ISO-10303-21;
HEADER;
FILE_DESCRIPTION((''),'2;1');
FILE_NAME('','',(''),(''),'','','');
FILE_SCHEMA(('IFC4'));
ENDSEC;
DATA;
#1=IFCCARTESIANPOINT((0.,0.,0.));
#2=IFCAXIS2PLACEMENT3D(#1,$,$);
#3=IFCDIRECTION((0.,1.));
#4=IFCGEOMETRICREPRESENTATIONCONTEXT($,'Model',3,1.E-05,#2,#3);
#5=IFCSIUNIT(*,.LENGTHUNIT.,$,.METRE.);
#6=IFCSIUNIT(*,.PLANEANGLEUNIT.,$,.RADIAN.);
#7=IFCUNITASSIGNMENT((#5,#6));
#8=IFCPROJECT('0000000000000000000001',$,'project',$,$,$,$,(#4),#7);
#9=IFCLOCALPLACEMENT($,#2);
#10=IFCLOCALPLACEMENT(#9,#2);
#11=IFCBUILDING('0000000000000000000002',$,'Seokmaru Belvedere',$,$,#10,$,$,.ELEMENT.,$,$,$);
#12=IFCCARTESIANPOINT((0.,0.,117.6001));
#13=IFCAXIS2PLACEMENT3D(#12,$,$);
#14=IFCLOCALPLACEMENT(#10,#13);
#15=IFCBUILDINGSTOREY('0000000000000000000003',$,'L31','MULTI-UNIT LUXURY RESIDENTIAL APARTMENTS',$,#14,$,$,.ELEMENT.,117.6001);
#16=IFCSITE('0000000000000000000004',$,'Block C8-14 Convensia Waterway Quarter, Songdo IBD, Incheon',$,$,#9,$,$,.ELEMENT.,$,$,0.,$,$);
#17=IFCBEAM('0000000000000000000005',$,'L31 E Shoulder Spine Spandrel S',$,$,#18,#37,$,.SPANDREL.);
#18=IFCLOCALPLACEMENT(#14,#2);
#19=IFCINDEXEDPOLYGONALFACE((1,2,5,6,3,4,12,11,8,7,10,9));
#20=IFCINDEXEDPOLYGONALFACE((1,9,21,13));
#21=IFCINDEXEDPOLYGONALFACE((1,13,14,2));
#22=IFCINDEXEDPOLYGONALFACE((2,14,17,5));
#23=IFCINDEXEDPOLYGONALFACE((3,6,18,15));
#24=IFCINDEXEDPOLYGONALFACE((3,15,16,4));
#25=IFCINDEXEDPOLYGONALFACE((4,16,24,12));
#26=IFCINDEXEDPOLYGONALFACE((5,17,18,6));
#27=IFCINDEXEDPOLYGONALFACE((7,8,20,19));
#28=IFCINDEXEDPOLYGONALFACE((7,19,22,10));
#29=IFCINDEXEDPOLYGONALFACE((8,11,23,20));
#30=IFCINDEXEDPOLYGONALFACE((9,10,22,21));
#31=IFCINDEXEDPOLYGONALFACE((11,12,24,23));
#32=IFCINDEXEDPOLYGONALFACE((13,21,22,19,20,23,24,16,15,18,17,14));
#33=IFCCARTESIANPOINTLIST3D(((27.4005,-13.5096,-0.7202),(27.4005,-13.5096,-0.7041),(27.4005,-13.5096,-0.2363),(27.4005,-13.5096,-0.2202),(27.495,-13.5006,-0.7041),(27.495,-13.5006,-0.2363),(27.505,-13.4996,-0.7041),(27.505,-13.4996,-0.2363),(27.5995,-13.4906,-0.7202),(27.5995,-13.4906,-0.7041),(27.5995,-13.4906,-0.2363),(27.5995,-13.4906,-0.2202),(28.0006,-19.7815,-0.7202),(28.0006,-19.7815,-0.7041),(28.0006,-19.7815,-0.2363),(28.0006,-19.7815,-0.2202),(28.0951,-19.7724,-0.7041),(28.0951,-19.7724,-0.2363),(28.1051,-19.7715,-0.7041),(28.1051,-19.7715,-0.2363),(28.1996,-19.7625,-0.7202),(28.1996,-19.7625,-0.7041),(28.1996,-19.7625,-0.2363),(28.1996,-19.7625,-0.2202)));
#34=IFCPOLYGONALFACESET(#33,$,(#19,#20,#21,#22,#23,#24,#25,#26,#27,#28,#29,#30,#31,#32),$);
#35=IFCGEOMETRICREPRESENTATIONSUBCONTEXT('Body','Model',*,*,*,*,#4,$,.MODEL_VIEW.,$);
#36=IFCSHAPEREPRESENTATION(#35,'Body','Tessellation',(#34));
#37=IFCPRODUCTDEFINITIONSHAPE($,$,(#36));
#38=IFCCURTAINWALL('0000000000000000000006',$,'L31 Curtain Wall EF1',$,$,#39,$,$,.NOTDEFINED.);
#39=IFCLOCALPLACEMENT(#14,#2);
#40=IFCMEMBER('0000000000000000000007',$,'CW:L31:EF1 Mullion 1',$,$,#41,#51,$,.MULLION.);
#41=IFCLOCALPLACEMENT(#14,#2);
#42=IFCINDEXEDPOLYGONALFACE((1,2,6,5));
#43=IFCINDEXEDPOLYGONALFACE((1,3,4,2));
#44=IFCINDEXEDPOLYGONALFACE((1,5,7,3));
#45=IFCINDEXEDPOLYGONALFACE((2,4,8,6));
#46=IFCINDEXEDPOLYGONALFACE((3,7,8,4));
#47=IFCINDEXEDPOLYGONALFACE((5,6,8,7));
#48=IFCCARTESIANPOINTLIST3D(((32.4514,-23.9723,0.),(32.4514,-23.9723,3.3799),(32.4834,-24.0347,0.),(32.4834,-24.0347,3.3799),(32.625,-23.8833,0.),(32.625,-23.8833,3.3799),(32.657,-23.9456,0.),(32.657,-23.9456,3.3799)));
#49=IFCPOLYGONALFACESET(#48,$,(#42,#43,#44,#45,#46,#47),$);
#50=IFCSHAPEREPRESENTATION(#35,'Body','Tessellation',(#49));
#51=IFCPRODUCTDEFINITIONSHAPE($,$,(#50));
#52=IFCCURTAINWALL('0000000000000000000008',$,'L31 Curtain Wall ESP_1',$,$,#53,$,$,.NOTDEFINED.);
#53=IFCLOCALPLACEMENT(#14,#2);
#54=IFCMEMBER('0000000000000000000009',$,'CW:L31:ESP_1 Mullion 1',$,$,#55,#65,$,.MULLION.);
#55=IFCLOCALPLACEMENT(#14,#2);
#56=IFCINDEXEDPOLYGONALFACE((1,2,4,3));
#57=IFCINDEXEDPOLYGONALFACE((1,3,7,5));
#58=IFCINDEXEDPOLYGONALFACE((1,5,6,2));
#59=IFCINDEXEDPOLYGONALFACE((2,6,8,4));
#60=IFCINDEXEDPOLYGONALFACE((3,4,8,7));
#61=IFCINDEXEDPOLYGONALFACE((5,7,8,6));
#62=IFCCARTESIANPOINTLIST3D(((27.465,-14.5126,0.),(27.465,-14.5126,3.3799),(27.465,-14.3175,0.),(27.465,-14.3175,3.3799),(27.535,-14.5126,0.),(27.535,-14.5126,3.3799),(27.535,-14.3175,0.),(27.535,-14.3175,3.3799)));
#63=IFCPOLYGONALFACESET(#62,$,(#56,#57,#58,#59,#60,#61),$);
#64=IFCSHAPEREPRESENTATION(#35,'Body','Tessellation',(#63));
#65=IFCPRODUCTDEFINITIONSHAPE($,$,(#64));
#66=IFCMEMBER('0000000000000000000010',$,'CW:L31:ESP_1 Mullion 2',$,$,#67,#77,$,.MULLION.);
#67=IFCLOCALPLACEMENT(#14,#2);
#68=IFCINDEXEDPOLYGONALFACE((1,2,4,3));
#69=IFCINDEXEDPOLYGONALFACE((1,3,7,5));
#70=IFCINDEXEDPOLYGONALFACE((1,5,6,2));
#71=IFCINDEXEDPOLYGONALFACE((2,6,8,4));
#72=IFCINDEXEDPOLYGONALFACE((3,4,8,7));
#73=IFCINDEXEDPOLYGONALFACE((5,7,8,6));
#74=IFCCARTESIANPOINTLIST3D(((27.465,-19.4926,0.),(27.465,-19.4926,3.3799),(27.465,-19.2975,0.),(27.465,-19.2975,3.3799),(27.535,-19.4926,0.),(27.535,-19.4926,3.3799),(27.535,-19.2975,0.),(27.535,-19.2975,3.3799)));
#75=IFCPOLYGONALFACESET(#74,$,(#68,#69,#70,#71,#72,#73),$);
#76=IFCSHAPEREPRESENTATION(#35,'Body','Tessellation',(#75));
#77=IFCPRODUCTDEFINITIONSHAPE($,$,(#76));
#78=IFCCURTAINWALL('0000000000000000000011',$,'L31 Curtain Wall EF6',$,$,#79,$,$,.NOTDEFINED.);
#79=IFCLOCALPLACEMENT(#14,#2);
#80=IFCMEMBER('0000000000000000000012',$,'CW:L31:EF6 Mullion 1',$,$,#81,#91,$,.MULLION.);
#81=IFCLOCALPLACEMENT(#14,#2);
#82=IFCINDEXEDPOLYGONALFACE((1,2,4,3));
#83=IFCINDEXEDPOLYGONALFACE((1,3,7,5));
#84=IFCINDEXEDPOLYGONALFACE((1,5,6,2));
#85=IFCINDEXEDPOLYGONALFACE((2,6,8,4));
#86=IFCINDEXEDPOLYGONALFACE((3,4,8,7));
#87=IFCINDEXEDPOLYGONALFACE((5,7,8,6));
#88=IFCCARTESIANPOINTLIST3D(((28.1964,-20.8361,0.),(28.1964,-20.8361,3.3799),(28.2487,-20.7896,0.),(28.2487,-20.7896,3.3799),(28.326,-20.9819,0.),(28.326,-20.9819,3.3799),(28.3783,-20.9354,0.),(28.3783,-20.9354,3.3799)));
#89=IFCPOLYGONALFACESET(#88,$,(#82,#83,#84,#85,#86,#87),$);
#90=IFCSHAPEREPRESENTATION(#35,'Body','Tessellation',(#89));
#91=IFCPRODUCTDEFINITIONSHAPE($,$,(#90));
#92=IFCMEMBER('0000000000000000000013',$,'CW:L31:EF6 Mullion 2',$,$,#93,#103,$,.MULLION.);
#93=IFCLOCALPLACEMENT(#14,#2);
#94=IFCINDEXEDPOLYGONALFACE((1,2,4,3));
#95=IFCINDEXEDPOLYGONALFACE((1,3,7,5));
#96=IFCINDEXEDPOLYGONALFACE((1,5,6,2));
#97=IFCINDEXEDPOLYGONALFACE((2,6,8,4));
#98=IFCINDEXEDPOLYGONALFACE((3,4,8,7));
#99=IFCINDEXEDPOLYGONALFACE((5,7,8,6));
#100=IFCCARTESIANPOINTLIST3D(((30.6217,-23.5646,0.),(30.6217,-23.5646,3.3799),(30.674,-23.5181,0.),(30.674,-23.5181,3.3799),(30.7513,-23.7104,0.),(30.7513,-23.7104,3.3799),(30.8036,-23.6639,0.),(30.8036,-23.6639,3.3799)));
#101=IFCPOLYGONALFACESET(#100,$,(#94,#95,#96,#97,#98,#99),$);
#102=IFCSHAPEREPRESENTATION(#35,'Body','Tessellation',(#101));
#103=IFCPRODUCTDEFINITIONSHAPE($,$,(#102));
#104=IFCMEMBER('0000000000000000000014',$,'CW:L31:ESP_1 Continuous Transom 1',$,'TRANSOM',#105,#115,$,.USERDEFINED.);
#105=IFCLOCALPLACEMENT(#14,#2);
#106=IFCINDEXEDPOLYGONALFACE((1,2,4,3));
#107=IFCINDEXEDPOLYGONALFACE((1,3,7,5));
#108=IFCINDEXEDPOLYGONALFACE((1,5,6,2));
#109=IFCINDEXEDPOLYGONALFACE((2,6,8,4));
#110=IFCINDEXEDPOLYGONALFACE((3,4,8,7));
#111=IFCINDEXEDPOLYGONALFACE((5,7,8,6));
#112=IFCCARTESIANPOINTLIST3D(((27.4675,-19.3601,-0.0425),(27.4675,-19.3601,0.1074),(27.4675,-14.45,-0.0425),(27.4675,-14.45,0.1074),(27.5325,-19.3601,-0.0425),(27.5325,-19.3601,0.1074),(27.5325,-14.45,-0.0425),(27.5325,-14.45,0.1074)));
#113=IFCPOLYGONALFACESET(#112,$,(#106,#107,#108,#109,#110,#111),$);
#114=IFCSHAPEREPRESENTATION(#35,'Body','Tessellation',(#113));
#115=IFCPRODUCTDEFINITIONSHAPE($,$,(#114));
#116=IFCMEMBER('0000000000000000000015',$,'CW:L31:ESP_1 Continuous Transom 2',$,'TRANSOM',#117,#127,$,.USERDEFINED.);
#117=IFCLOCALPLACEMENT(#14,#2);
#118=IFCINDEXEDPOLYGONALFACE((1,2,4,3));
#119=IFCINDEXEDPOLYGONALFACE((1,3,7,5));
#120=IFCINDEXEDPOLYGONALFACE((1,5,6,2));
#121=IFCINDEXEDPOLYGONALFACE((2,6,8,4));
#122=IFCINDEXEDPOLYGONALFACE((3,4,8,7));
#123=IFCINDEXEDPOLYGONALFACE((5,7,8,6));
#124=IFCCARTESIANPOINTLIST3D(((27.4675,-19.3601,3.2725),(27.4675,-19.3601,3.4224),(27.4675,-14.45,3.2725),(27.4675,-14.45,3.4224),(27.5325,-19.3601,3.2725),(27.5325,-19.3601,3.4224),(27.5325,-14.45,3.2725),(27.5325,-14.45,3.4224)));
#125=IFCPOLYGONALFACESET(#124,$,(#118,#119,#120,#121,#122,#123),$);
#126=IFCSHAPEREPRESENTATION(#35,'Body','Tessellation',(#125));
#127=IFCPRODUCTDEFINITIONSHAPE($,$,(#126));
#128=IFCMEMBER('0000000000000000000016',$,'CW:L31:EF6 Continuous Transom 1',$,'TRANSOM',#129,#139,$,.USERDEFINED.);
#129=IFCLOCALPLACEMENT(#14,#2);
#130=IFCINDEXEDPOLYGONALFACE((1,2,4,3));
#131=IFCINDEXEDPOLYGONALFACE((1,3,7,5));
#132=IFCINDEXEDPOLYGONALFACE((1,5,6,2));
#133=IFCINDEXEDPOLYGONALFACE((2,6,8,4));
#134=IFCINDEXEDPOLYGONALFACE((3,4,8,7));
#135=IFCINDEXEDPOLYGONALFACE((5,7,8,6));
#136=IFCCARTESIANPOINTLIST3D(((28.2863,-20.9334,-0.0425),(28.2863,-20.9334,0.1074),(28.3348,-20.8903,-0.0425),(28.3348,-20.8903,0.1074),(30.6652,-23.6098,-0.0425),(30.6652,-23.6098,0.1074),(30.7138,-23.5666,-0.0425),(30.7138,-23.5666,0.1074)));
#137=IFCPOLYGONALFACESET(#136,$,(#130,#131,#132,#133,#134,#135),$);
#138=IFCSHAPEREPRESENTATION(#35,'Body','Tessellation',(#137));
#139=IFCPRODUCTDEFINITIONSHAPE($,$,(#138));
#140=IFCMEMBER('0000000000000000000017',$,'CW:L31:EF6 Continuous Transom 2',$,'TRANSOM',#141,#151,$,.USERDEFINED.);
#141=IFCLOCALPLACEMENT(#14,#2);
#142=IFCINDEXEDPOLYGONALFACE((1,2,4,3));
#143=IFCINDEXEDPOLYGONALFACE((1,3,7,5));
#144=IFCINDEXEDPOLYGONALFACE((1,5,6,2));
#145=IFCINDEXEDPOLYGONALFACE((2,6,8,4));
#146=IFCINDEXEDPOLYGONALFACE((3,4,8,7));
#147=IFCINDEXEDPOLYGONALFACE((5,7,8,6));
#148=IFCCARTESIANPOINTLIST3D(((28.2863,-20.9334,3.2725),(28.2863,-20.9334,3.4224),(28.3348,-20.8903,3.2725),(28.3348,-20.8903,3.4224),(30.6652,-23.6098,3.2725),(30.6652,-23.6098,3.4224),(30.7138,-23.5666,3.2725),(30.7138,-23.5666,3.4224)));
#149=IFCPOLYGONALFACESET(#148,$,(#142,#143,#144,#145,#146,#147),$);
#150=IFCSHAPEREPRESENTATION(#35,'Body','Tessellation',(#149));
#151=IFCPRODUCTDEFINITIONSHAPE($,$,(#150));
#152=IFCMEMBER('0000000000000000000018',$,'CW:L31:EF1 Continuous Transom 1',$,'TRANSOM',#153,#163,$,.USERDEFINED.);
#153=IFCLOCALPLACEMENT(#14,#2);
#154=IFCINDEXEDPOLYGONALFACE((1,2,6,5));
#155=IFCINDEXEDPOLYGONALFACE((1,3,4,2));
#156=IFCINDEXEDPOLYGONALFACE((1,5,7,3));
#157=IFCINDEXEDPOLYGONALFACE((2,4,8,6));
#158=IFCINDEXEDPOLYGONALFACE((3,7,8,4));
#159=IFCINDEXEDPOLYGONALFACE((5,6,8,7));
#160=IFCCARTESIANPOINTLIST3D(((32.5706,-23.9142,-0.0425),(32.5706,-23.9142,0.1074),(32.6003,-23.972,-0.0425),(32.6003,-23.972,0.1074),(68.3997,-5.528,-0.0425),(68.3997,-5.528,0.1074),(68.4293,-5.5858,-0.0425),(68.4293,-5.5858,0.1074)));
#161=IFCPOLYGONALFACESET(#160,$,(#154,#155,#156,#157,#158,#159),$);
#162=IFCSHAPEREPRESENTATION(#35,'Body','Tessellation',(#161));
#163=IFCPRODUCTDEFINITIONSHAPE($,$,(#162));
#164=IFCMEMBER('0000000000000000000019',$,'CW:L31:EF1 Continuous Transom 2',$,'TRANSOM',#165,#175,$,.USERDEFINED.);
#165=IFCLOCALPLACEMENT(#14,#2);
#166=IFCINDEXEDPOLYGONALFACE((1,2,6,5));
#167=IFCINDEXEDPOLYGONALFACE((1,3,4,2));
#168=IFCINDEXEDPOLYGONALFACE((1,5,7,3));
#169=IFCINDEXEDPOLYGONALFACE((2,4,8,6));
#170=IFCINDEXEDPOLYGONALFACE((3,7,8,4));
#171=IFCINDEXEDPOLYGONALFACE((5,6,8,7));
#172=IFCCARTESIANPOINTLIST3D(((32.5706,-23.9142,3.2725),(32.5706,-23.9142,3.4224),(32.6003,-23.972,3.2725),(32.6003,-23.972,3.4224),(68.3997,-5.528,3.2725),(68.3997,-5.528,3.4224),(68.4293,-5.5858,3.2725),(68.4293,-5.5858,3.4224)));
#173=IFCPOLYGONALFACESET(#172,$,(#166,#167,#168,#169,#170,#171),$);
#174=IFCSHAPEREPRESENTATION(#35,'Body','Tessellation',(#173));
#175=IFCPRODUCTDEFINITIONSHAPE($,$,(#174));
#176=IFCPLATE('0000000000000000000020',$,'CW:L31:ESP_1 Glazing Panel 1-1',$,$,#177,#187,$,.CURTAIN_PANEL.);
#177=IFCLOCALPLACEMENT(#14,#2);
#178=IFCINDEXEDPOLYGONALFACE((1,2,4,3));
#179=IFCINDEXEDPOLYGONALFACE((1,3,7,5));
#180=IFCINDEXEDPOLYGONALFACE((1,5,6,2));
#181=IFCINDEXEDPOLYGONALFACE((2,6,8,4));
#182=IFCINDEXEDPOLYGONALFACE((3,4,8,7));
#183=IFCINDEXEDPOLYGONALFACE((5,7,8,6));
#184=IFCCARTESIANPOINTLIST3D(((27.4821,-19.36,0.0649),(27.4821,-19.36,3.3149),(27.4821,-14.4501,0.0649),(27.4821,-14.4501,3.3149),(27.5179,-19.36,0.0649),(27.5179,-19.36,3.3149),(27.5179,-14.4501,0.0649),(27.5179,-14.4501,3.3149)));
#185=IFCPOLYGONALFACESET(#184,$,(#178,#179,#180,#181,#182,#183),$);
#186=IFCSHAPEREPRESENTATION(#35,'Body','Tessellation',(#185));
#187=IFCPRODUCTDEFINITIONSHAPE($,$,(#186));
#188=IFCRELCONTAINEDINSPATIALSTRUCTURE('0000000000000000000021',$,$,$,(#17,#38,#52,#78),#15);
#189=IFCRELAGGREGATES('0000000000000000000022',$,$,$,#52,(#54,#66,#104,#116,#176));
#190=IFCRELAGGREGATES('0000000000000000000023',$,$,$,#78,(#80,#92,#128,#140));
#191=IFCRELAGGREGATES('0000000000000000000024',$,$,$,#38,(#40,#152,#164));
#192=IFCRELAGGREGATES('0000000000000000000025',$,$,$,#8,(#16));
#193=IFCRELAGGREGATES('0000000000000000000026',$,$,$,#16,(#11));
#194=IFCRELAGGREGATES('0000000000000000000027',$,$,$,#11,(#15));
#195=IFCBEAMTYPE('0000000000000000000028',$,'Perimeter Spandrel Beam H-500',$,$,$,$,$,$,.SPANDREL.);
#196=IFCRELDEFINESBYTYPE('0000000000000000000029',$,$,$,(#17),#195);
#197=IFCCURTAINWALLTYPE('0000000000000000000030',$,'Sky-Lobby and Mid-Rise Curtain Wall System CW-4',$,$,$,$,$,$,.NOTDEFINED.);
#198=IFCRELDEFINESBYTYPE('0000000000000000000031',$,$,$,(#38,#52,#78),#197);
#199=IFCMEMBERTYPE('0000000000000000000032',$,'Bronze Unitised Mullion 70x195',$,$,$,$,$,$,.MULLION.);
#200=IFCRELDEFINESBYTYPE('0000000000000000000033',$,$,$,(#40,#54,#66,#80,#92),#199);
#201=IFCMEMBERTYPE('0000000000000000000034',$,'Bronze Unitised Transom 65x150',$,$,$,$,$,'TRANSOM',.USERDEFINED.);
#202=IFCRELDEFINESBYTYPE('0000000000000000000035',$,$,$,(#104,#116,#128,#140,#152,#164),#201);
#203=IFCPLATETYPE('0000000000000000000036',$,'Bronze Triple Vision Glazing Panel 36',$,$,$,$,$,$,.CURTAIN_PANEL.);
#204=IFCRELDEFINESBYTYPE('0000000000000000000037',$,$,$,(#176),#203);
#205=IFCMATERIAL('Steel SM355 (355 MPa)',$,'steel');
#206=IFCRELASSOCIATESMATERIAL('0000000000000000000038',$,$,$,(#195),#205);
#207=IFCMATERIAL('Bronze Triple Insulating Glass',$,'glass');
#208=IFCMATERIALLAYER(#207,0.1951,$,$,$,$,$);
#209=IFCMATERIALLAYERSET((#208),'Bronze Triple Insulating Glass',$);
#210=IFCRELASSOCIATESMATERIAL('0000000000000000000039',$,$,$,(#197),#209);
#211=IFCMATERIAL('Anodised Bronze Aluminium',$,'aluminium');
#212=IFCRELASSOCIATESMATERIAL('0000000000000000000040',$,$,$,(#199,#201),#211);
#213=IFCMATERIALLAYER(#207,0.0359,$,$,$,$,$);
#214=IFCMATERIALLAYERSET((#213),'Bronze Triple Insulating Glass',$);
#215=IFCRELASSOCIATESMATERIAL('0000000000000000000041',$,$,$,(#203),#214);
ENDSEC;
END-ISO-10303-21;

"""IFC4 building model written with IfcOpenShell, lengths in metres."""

from ifc_helpers import new_model, si_unit, direction, frame, origin, origin_2d, place, context, subcontext, project, spatial, rectangle, i_section, extrude, source, transform, mapped, material, layer, layer_set, material_profile, profile_set, type_object, type_shapes, element, aggregate, save


model = new_model("IFC4")

# Units and contexts
model_context = context("Model", 3, precision=1e-05, world=origin(), true_north=direction((0.0, 1.0)))
body_context = subcontext(model_context, "Body", "Model", "MODEL_VIEW")
ifc_project = project(units=[si_unit("LENGTHUNIT", "METRE"), si_unit("PLANEANGLEUNIT", "RADIAN")], contexts=[model_context])

# Site, building, storey
site_placement = place(None, origin())
site = spatial("IfcSite", under=ifc_project, at=site_placement, Name="Block C8-14 Convensia Waterway Quarter, Songdo IBD, Incheon", CompositionType="ELEMENT", RefElevation=0.0)
building_placement = place(site_placement, origin())
building = spatial("IfcBuilding", under=site, at=building_placement, Name="Seokmaru Belvedere", CompositionType="ELEMENT")
storey_placement = place(building_placement, frame((0.0, 0.0, 117.6001)))
storey = spatial("IfcBuildingStorey", under=building, at=storey_placement, Name="L31", Description="MULTI-UNIT LUXURY RESIDENTIAL APARTMENTS", CompositionType="ELEMENT", Elevation=117.6001)

# Shared definitions
ifc_material_1 = material(Name="Steel SM355 (355 MPa)", Category="steel")

# Beam
ifc_material_profile_1 = material_profile(ifc_material_1, i_section(OverallWidth=0.2, OverallDepth=0.5, WebThickness=0.01, FlangeThickness=0.0161, at=origin_2d()), Name="H-500x200x10x16")
ifc_profile_set_1 = profile_set([ifc_material_profile_1], Name="Steel SM355 (355 MPa)")
beam_type_1 = type_object("IfcBeamType", Name="Perimeter Spandrel Beam H-500", PredefinedType="SPANDREL", material=ifc_profile_set_1)
shared_shape_1 = source(origin(), body_context, "Body", "SweptSolid", [
    extrude(i_section(OverallWidth=0.2, OverallDepth=0.5, WebThickness=0.01, FlangeThickness=0.0161, at=origin_2d()), origin(), (0.0, 0.0, 1.0), 6.3005),
])
beam_1_placement = place(storey_placement, frame((28.1001, -19.772, -0.4702), z_axis=(-0.095244, 0.995454, 0.0), x_axis=(-0.995454, -0.095244, 0.0)))
element("IfcBeam", 1, at=beam_1_placement, inside=storey, type_object=beam_type_1, Name="L31 E Shoulder Spine Spandrel S", PredefinedType="SPANDREL", context=body_context, shape_type="MappedRepresentation", body=[
    mapped(shared_shape_1, transform((0.0, 0.0, 0.0), scale=1.0)),
])

# Curtain wall, member
ifc_material_2 = material(Name="Bronze Triple Insulating Glass", Category="glass")
ifc_layer_1 = layer(ifc_material_2, 0.1951)
ifc_layer_set_1 = layer_set([ifc_layer_1], Name="Bronze Triple Insulating Glass")
curtain_wall_type = type_object("IfcCurtainWallType", Name="Sky-Lobby and Mid-Rise Curtain Wall System CW-4", PredefinedType="NOTDEFINED", material=ifc_layer_set_1)
curtain_wall_1_placement = place(storey_placement, origin())
curtain_wall_1 = element("IfcCurtainWall", 2, at=curtain_wall_1_placement, inside=storey, type_object=curtain_wall_type, Name="L31 Curtain Wall EF1", PredefinedType="NOTDEFINED")
ifc_material_3 = material(Name="Anodised Bronze Aluminium", Category="aluminium")
ifc_material_profile_2 = material_profile(ifc_material_3, rectangle(XDim=0.0701, YDim=0.1951, at=origin_2d()), Name="CW-M-70x195")
ifc_profile_set_2 = profile_set([ifc_material_profile_2], Name="Anodised Bronze Aluminium")
member_type_1 = type_object("IfcMemberType", Name="Bronze Unitised Mullion 70x195", PredefinedType="MULLION", material=ifc_profile_set_2)
shared_shape_2 = source(origin(), body_context, "Body", "SweptSolid", [
    extrude(rectangle(XDim=0.0701, YDim=0.1951, at=origin_2d()), origin(), (0.0, 0.0, 1.0), 3.3799),
])
type_shapes(member_type_1, [shared_shape_2])
member_1_placement = place(storey_placement, frame((32.5542, -23.959, 0.0), z_axis=(0.0, 0.0, 1.0), x_axis=(-0.456555, 0.889695, 0.0)))
member_1 = element("IfcMember", 3, at=member_1_placement, type_object=member_type_1, Name="CW:L31:EF1 Mullion 1", PredefinedType="MULLION", context=body_context, shape_type="MappedRepresentation", body=[
    mapped(shared_shape_2, transform((0.0, 0.0, 0.0), scale=1.0)),
])

# Curtain walls, members
curtain_wall_2_placement = place(storey_placement, origin())
curtain_wall_2 = element("IfcCurtainWall", 4, at=curtain_wall_2_placement, inside=storey, type_object=curtain_wall_type, Name="L31 Curtain Wall ESP_1", PredefinedType="NOTDEFINED")
member_2_placement = place(storey_placement, frame((27.5, -14.415, 0.0), z_axis=(0.0, 0.0, 1.0), x_axis=(1.0, 0.0, 0.0)))
member_2 = element("IfcMember", 5, at=member_2_placement, type_object=member_type_1, Name="CW:L31:ESP_1 Mullion 1", PredefinedType="MULLION", context=body_context, shape_type="MappedRepresentation", body=[
    mapped(shared_shape_2, transform((0.0, 0.0, 0.0), scale=1.0)),
])
member_3_placement = place(storey_placement, frame((27.5, -19.395, 0.0), z_axis=(0.0, 0.0, 1.0), x_axis=(1.0, 0.0, 0.0)))
member_3 = element("IfcMember", 6, at=member_3_placement, type_object=member_type_1, Name="CW:L31:ESP_1 Mullion 2", PredefinedType="MULLION", context=body_context, shape_type="MappedRepresentation", body=[
    mapped(shared_shape_2, transform((0.0, 0.0, 0.0), scale=1.0)),
])
curtain_wall_3_placement = place(storey_placement, origin())
curtain_wall_3 = element("IfcCurtainWall", 7, at=curtain_wall_3_placement, inside=storey, type_object=curtain_wall_type, Name="L31 Curtain Wall EF6", PredefinedType="NOTDEFINED")
member_4_placement = place(storey_placement, frame((28.2874, -20.8857, 0.0), z_axis=(0.0, 0.0, 1.0), x_axis=(0.74741, 0.664363, 0.0)))
member_4 = element("IfcMember", 8, at=member_4_placement, type_object=member_type_1, Name="CW:L31:EF6 Mullion 1", PredefinedType="MULLION", context=body_context, shape_type="MappedRepresentation", body=[
    mapped(shared_shape_2, transform((0.0, 0.0, 0.0), scale=1.0)),
])
member_5_placement = place(storey_placement, frame((30.7126, -23.6143, 0.0), z_axis=(0.0, 0.0, 1.0), x_axis=(0.74741, 0.664363, 0.0)))
member_5 = element("IfcMember", 9, at=member_5_placement, type_object=member_type_1, Name="CW:L31:EF6 Mullion 2", PredefinedType="MULLION", context=body_context, shape_type="MappedRepresentation", body=[
    mapped(shared_shape_2, transform((0.0, 0.0, 0.0), scale=1.0)),
])

# Members
ifc_material_profile_3 = material_profile(ifc_material_3, rectangle(XDim=0.0649, YDim=0.1499, at=origin_2d()), Name="CW-T-65x150")
ifc_profile_set_3 = profile_set([ifc_material_profile_3], Name="Anodised Bronze Aluminium")
member_type_2 = type_object("IfcMemberType", Name="Bronze Unitised Transom 65x150", ElementType="TRANSOM", PredefinedType="USERDEFINED", material=ifc_profile_set_3)
shared_shape_3 = source(origin(), body_context, "Body", "SweptSolid", [
    extrude(rectangle(XDim=0.0649, YDim=0.1499, at=origin_2d()), origin(), (0.0, 0.0, 1.0), 4.9102),
])
member_6_placement = place(storey_placement, frame((27.5, -14.45, 0.0325), z_axis=(0.0, -1.0, 0.0), x_axis=(1.0, 0.0, 0.0)))
member_6 = element("IfcMember", 10, at=member_6_placement, type_object=member_type_2, Name="CW:L31:ESP_1 Continuous Transom 1", ObjectType="TRANSOM", PredefinedType="USERDEFINED", context=body_context, shape_type="MappedRepresentation", body=[
    mapped(shared_shape_3, transform((0.0, 0.0, 0.0), scale=1.0)),
])
member_7_placement = place(storey_placement, frame((27.5, -14.45, 3.3474), z_axis=(0.0, -1.0, 0.0), x_axis=(1.0, 0.0, 0.0)))
member_7 = element("IfcMember", 11, at=member_7_placement, type_object=member_type_2, Name="CW:L31:ESP_1 Continuous Transom 2", ObjectType="TRANSOM", PredefinedType="USERDEFINED", context=body_context, shape_type="MappedRepresentation", body=[
    mapped(shared_shape_3, transform((0.0, 0.0, 0.0), scale=1.0)),
])
shared_shape_4 = source(origin(), body_context, "Body", "SweptSolid", [
    extrude(rectangle(XDim=0.0649, YDim=0.1499, at=origin_2d()), origin(), (0.0, 0.0, 1.0), 3.5808),
])
member_8_placement = place(storey_placement, frame((28.3105, -20.9119, 0.0325), z_axis=(0.664364, -0.747409, 0.0), x_axis=(0.747409, 0.664364, 0.0)))
member_8 = element("IfcMember", 12, at=member_8_placement, type_object=member_type_2, Name="CW:L31:EF6 Continuous Transom 1", ObjectType="TRANSOM", PredefinedType="USERDEFINED", context=body_context, shape_type="MappedRepresentation", body=[
    mapped(shared_shape_4, transform((0.0, 0.0, 0.0), scale=1.0)),
])
member_9_placement = place(storey_placement, frame((28.3105, -20.9119, 3.3474), z_axis=(0.664364, -0.747409, 0.0), x_axis=(0.747409, 0.664364, 0.0)))
member_9 = element("IfcMember", 13, at=member_9_placement, type_object=member_type_2, Name="CW:L31:EF6 Continuous Transom 2", ObjectType="TRANSOM", PredefinedType="USERDEFINED", context=body_context, shape_type="MappedRepresentation", body=[
    mapped(shared_shape_4, transform((0.0, 0.0, 0.0), scale=1.0)),
])
shared_shape_5 = source(origin(), body_context, "Body", "SweptSolid", [
    extrude(rectangle(XDim=0.0649, YDim=0.1499, at=origin_2d()), origin(), (0.0, 0.0, 1.0), 40.2712),
])
type_shapes(member_type_2, [shared_shape_3, shared_shape_4, shared_shape_5])
member_10_placement = place(storey_placement, frame((32.5854, -23.9431, 0.0325), z_axis=(0.889693, 0.456559, 0.0), x_axis=(-0.456559, 0.889693, 0.0)))
member_10 = element("IfcMember", 14, at=member_10_placement, type_object=member_type_2, Name="CW:L31:EF1 Continuous Transom 1", ObjectType="TRANSOM", PredefinedType="USERDEFINED", context=body_context, shape_type="MappedRepresentation", body=[
    mapped(shared_shape_5, transform((0.0, 0.0, 0.0), scale=1.0)),
])
member_11_placement = place(storey_placement, frame((32.5854, -23.9431, 3.3474), z_axis=(0.889693, 0.456559, 0.0), x_axis=(-0.456559, 0.889693, 0.0)))
member_11 = element("IfcMember", 15, at=member_11_placement, type_object=member_type_2, Name="CW:L31:EF1 Continuous Transom 2", ObjectType="TRANSOM", PredefinedType="USERDEFINED", context=body_context, shape_type="MappedRepresentation", body=[
    mapped(shared_shape_5, transform((0.0, 0.0, 0.0), scale=1.0)),
])

# Plate
ifc_layer_2 = layer(ifc_material_2, 0.0359)
ifc_layer_set_2 = layer_set([ifc_layer_2], Name="Bronze Triple Insulating Glass")
plate_type = type_object("IfcPlateType", Name="Bronze Triple Vision Glazing Panel 36", PredefinedType="CURTAIN_PANEL", material=ifc_layer_set_2)
shared_shape_6 = source(origin(), body_context, "Body", "SweptSolid", [
    extrude(rectangle(XDim=4.9099, YDim=0.0359, at=origin_2d()), origin(), (0.0, 0.0, 1.0), 3.25),
])
plate_1_placement = place(storey_placement, frame((27.5, -16.905, 0.0649), z_axis=(0.0, 0.0, 1.0), x_axis=(0.0, -1.0, 0.0)))
plate_1 = element("IfcPlate", 16, at=plate_1_placement, type_object=plate_type, Name="CW:L31:ESP_1 Glazing Panel 1-1", PredefinedType="CURTAIN_PANEL", context=body_context, shape_type="MappedRepresentation", body=[
    mapped(shared_shape_6, transform((0.0, 0.0, 0.0), scale=1.0)),
])
aggregate(curtain_wall_2, [member_2, member_3, member_6, member_7, plate_1])
aggregate(curtain_wall_3, [member_4, member_5, member_8, member_9])
aggregate(curtain_wall_1, [member_1, member_10, member_11])

save(model, "model.ifc")
